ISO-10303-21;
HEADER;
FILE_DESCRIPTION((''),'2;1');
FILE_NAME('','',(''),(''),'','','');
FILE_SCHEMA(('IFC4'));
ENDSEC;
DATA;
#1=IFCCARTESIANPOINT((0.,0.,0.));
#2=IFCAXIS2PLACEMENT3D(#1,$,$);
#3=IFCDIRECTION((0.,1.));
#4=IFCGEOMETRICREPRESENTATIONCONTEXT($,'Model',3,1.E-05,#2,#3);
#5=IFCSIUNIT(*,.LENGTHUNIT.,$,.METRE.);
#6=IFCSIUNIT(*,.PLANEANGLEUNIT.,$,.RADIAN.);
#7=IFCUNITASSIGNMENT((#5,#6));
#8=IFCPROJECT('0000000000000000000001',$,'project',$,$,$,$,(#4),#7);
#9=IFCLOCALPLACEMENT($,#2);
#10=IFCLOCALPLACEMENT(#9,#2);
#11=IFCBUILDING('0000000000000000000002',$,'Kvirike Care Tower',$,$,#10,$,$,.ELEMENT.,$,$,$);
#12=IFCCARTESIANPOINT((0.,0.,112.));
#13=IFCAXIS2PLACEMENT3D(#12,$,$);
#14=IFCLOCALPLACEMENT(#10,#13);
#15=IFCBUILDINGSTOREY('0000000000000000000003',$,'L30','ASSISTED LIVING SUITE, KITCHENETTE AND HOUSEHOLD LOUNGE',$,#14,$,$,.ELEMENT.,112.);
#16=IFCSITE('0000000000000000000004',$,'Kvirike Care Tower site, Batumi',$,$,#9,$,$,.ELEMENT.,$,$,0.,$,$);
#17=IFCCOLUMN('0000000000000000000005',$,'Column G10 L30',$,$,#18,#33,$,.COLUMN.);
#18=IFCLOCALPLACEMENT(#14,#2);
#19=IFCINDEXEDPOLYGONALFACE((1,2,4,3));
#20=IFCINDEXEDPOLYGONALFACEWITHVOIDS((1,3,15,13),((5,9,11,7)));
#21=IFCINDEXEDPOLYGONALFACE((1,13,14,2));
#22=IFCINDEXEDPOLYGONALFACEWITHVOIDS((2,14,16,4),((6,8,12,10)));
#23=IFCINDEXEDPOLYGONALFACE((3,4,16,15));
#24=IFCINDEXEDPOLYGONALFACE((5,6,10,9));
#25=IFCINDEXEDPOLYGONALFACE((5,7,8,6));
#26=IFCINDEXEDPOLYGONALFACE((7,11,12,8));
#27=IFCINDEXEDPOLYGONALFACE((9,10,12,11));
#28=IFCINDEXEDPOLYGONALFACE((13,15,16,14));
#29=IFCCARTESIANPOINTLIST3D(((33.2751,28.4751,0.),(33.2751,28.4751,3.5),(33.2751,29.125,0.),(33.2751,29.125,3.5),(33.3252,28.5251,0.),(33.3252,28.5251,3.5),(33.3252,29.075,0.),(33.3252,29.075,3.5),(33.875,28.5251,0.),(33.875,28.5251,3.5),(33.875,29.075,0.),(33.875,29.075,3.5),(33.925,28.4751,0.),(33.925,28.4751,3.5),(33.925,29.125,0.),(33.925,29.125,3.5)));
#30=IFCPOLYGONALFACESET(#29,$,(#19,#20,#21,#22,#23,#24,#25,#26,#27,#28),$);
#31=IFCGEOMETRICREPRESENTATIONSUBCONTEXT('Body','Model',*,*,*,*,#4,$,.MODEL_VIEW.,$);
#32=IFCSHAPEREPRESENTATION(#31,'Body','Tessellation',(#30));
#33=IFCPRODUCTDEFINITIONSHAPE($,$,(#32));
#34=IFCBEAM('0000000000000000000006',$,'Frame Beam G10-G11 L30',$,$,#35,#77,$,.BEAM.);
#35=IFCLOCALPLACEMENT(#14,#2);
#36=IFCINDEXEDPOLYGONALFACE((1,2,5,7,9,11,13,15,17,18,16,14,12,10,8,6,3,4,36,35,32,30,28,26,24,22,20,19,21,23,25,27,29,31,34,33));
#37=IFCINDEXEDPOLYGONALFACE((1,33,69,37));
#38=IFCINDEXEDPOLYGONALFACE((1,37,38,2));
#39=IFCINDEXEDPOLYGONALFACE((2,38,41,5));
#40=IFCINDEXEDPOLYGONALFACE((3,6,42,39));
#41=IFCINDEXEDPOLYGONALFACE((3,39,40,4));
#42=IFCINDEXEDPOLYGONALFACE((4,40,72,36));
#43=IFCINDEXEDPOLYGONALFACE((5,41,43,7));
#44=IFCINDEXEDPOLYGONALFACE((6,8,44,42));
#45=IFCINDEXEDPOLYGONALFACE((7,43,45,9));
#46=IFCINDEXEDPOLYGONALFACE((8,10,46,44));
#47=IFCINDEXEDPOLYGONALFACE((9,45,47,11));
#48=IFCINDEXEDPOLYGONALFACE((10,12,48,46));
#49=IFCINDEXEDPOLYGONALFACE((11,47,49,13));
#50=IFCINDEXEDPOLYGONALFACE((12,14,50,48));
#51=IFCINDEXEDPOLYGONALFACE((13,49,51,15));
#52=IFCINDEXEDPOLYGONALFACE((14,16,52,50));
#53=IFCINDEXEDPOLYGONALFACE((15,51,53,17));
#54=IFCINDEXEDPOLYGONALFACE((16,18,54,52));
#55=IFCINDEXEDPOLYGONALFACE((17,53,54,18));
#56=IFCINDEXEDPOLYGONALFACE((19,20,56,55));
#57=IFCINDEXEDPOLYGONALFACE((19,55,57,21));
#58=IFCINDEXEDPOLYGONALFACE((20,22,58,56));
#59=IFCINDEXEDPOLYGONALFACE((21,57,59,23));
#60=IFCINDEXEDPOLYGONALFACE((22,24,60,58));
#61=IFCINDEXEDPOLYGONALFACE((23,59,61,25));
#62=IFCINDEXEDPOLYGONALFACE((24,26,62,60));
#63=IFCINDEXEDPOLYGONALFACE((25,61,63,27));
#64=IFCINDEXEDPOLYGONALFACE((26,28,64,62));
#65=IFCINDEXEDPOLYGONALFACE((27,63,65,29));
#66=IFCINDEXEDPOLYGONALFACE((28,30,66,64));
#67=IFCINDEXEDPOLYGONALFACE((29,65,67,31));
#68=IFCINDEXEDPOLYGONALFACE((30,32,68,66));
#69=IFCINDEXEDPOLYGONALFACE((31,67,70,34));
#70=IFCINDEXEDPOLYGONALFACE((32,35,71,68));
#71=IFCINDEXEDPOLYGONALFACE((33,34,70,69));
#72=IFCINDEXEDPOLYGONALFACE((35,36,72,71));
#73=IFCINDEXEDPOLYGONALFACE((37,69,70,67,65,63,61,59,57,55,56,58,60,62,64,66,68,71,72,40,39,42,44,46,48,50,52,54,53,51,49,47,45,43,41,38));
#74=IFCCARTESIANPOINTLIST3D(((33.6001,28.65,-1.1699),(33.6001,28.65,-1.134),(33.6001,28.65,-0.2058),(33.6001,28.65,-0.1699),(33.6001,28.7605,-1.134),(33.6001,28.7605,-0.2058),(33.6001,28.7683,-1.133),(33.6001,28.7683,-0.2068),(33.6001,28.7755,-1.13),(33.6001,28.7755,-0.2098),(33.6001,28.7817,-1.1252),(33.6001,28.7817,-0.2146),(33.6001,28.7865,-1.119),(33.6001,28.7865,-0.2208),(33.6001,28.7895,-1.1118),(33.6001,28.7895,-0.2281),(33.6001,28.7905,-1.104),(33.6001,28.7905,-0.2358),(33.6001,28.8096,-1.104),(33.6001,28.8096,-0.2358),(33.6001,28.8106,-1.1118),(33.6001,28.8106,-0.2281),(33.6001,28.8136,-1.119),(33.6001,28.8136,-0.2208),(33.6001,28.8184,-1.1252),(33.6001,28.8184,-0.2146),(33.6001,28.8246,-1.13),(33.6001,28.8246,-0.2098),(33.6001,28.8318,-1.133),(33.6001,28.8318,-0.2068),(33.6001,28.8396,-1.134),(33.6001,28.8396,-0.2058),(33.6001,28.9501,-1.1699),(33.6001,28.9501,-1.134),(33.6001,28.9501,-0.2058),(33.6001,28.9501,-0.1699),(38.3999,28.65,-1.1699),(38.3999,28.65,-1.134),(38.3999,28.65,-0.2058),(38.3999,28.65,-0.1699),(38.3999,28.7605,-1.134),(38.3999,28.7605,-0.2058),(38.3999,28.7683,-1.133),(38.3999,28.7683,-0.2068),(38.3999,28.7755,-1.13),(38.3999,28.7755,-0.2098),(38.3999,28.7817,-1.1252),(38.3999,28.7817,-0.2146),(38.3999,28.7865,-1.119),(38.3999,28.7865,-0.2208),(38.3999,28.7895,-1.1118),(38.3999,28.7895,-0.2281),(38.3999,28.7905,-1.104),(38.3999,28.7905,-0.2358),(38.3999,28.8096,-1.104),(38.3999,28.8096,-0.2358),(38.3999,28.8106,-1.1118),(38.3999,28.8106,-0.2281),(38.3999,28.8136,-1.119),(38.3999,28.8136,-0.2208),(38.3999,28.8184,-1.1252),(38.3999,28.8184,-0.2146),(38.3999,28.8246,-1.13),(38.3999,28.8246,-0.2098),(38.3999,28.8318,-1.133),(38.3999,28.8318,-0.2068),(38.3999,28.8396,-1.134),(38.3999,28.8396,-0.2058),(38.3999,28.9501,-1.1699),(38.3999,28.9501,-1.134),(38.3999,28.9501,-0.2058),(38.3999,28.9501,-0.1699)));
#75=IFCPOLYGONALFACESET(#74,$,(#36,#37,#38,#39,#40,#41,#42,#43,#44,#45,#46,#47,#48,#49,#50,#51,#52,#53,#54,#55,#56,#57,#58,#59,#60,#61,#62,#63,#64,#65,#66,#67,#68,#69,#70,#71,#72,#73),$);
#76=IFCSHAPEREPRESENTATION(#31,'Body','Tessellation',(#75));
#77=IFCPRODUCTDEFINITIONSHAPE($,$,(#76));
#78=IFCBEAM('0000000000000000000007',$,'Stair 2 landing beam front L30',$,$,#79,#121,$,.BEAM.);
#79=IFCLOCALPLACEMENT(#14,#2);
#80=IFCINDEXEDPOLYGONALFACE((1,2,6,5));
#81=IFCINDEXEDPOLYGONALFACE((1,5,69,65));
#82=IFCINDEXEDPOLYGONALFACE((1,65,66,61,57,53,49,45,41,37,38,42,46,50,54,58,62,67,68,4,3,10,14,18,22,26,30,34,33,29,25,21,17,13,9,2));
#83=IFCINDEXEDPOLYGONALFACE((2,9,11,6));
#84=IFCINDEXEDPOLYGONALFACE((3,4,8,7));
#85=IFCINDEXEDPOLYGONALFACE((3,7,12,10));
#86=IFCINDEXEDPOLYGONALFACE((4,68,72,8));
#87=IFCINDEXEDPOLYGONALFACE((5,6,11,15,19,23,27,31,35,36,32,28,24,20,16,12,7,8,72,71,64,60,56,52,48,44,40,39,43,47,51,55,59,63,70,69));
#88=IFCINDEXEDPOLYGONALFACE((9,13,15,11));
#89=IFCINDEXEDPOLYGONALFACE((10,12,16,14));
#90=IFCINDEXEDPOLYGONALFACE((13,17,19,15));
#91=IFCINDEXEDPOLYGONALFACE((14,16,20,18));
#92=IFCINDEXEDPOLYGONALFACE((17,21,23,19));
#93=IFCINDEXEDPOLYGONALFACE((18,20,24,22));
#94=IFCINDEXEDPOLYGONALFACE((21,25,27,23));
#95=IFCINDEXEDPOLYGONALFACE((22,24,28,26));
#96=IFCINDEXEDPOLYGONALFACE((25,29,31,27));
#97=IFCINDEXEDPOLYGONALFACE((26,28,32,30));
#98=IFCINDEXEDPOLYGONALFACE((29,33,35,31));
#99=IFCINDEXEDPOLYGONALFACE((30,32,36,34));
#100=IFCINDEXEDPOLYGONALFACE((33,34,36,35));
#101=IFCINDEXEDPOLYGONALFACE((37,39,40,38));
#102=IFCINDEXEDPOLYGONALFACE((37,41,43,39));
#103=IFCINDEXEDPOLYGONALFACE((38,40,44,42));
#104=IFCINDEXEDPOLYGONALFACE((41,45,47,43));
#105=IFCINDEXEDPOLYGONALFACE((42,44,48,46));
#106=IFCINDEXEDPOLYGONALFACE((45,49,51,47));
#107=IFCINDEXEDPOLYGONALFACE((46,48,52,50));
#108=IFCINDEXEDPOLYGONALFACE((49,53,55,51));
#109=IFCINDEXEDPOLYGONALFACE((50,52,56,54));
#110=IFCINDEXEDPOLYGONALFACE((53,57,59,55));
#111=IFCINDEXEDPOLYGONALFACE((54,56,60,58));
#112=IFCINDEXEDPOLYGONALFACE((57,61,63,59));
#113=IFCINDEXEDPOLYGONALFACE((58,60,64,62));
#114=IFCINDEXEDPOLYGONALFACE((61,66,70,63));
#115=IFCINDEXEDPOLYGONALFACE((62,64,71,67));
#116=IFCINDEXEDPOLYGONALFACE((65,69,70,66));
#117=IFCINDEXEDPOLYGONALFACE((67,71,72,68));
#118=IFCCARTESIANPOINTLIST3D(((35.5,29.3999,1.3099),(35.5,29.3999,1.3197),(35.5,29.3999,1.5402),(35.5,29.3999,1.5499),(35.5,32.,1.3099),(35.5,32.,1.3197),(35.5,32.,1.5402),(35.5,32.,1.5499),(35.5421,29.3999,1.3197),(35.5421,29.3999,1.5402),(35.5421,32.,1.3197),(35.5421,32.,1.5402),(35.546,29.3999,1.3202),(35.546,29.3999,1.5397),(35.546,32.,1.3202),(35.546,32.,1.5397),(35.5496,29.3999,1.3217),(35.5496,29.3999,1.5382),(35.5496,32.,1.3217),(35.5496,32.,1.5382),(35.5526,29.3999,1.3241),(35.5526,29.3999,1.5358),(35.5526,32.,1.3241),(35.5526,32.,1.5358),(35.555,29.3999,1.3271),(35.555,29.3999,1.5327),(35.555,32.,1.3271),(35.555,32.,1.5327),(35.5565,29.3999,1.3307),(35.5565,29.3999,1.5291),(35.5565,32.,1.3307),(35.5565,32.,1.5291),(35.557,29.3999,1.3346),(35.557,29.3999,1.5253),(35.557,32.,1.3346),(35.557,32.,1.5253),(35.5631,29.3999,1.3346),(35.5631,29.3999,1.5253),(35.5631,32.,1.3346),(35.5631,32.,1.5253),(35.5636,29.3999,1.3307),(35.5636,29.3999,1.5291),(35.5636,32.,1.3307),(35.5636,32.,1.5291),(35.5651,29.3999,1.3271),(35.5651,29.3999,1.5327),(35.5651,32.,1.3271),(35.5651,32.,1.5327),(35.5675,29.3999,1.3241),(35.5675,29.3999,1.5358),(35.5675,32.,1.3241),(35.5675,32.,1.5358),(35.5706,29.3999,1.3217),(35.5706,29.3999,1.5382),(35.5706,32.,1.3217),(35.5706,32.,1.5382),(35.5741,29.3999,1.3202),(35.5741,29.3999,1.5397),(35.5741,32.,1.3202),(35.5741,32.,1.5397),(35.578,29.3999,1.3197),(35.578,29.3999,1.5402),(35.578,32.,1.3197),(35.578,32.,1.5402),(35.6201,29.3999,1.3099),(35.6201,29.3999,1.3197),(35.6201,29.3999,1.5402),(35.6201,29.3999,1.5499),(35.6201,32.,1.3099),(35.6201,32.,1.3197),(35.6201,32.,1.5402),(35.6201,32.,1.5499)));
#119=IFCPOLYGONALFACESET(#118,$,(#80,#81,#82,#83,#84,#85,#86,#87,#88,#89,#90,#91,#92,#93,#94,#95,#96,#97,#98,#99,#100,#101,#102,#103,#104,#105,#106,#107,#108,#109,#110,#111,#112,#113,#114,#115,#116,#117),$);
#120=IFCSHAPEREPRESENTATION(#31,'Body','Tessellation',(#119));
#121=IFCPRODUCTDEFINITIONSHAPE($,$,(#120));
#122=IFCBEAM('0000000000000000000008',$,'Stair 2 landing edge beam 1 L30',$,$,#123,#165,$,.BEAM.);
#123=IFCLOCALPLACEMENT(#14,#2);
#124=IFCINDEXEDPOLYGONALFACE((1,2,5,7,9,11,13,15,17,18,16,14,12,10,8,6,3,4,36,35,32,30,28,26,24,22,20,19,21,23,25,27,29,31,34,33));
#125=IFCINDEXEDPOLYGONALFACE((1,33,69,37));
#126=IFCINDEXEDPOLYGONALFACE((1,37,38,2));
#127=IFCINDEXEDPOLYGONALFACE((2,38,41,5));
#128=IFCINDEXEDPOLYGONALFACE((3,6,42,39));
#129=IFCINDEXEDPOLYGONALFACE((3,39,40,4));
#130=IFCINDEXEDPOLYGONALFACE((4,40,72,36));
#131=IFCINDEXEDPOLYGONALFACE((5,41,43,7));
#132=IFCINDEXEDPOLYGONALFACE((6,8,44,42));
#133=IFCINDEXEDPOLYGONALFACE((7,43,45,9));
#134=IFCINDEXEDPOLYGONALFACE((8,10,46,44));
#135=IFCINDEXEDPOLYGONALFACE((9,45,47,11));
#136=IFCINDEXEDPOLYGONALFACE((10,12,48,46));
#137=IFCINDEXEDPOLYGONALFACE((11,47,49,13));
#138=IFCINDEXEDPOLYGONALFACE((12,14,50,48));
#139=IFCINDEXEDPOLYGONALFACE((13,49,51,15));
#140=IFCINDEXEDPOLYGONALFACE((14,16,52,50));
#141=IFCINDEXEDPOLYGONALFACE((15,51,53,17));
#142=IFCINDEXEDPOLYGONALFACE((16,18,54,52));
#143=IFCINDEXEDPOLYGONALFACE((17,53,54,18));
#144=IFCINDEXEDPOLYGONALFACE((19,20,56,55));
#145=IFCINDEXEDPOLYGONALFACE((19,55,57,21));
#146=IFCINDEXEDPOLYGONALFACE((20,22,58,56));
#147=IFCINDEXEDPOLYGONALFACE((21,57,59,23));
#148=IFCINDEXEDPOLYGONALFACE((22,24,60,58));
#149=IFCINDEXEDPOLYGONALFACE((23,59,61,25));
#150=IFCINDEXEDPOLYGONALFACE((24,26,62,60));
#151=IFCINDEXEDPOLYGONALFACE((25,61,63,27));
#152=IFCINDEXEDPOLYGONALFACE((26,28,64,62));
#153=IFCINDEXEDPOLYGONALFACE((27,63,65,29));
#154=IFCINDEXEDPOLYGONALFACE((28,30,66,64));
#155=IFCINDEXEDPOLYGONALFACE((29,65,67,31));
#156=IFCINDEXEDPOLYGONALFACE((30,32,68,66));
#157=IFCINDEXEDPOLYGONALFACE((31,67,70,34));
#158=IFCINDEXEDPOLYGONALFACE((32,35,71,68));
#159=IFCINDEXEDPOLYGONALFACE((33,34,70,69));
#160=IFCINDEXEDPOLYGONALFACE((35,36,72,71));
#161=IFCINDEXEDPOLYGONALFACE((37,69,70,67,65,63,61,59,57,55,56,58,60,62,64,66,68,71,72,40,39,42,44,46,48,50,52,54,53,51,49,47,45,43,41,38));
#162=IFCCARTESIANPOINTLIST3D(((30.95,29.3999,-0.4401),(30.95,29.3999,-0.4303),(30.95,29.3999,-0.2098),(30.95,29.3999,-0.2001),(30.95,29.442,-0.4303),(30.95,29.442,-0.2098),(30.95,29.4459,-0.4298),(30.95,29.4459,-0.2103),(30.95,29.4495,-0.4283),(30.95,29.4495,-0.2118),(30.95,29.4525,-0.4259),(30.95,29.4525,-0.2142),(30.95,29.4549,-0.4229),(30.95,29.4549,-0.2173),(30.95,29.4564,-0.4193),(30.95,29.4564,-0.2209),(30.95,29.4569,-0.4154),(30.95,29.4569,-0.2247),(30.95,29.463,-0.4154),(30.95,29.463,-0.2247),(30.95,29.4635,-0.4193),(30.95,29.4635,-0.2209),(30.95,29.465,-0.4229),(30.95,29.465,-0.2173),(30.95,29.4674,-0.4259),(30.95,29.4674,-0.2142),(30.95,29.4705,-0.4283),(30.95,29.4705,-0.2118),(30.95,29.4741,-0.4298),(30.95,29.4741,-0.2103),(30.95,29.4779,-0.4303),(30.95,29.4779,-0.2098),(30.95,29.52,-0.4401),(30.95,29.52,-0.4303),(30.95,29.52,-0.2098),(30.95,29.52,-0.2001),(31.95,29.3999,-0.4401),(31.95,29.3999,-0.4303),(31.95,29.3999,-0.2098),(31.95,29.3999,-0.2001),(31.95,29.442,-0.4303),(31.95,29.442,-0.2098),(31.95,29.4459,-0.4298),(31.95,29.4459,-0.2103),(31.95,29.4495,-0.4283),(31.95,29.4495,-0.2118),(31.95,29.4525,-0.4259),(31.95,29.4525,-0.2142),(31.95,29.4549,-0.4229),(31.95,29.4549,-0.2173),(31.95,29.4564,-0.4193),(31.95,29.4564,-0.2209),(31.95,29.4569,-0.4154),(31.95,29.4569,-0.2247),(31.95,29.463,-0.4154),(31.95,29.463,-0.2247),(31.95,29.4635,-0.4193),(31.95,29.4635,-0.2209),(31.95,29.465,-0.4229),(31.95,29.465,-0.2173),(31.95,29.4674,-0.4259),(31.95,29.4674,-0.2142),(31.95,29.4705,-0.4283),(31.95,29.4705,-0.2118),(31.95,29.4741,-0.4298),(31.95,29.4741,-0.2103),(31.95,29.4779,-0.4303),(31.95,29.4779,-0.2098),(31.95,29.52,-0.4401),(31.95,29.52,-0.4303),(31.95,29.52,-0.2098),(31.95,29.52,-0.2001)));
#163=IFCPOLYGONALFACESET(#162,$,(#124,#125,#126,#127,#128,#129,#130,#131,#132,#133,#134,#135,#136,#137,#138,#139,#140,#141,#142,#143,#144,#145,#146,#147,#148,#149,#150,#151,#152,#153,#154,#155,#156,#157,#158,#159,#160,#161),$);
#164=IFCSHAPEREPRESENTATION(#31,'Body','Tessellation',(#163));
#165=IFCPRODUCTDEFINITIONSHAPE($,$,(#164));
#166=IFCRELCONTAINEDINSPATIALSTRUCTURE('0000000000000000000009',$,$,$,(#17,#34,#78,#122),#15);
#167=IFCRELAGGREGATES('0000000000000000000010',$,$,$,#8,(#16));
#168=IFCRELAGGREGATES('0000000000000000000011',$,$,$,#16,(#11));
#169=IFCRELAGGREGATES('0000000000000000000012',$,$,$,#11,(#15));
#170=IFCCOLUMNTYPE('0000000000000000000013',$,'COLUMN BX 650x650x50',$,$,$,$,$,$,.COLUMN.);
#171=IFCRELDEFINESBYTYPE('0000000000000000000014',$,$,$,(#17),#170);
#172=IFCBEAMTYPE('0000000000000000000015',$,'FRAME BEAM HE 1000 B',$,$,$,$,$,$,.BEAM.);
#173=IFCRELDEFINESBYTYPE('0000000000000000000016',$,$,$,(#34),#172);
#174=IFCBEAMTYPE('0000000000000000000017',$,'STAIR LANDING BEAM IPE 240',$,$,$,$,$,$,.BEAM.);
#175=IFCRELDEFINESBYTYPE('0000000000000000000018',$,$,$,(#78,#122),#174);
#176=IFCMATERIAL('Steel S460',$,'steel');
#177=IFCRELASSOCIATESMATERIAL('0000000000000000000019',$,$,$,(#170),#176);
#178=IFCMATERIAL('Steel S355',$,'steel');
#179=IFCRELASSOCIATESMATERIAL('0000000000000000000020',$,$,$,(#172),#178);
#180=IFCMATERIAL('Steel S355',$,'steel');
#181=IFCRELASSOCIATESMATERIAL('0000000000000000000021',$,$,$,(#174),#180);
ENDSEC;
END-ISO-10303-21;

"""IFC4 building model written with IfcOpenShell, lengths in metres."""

from ifc_helpers import new_model, si_unit, direction, frame, origin, origin_2d, place, context, subcontext, project, spatial, hollow_rectangle, i_section, extrude, material, material_profile, profile_set, type_object, element, save


model = new_model("IFC4")

# Units and contexts
model_context = context("Model", 3, precision=1e-05, world=origin(), true_north=direction((0.0, 1.0)))
body_context = subcontext(model_context, "Body", "Model", "MODEL_VIEW")
ifc_project = project(units=[si_unit("LENGTHUNIT", "METRE"), si_unit("PLANEANGLEUNIT", "RADIAN")], contexts=[model_context])

# Site, building, storey
site_placement = place(None, origin())
site = spatial("IfcSite", under=ifc_project, at=site_placement, Name="Kvirike Care Tower site, Batumi", CompositionType="ELEMENT", RefElevation=0.0)
building_placement = place(site_placement, origin())
building = spatial("IfcBuilding", under=site, at=building_placement, Name="Kvirike Care Tower", CompositionType="ELEMENT")
storey_placement = place(building_placement, frame((0.0, 0.0, 112.0)))
storey = spatial("IfcBuildingStorey", under=building, at=storey_placement, Name="L30", Description="ASSISTED LIVING SUITE, KITCHENETTE AND HOUSEHOLD LOUNGE", CompositionType="ELEMENT", Elevation=112.0)

# Column
ifc_material_1 = material(Name="Steel S460", Category="steel")
ifc_material_profile_1 = material_profile(ifc_material_1, hollow_rectangle(XDim=0.6499, YDim=0.6499, WallThickness=0.05, at=origin_2d()), Name="BX 650x650x50")
ifc_profile_set_1 = profile_set([ifc_material_profile_1], Name="Steel S460")
column_type = type_object("IfcColumnType", Name="COLUMN BX 650x650x50", PredefinedType="COLUMN", material=ifc_profile_set_1)
column_placement = place(storey_placement, frame((33.6001, 28.8, 0.0), z_axis=(0.0, 0.0, 1.0), x_axis=(0.0, 1.0, 0.0)))
element("IfcColumn", 1, at=column_placement, inside=storey, type_object=column_type, Name="Column G10 L30", PredefinedType="COLUMN", context=body_context, shape_type="SweptSolid", body=[
    extrude(hollow_rectangle(XDim=0.6499, YDim=0.6499, WallThickness=0.05, at=origin_2d()), origin(), (0.0, 0.0, 1.0), 3.5),
])

# Beams
ifc_material_2 = material(Name="Steel S355", Category="steel")
ifc_material_profile_2 = material_profile(ifc_material_2, i_section(OverallWidth=0.3, OverallDepth=1.0, WebThickness=0.019, FlangeThickness=0.0359, FilletRadius=0.03, at=origin_2d()), Name="HE 1000 B")
ifc_profile_set_2 = profile_set([ifc_material_profile_2], Name="Steel S355")
beam_type_1 = type_object("IfcBeamType", Name="FRAME BEAM HE 1000 B", PredefinedType="BEAM", material=ifc_profile_set_2)
beam_1_placement = place(storey_placement, frame((33.6001, 28.8, -0.6699), z_axis=(1.0, 0.0, 0.0), x_axis=(0.0, 1.0, 0.0)))
element("IfcBeam", 2, at=beam_1_placement, inside=storey, type_object=beam_type_1, Name="Frame Beam G10-G11 L30", PredefinedType="BEAM", context=body_context, shape_type="SweptSolid", body=[
    extrude(i_section(OverallWidth=0.3, OverallDepth=1.0, WebThickness=0.019, FlangeThickness=0.0359, FilletRadius=0.03, at=origin_2d()), origin(), (0.0, 0.0, 1.0), 4.7998),
])
ifc_material_3 = material(Name="Steel S355", Category="steel")
ifc_material_profile_3 = material_profile(ifc_material_3, i_section(OverallWidth=0.1201, OverallDepth=0.24, WebThickness=0.0061, FlangeThickness=0.0098, FilletRadius=0.0149, at=origin_2d()), Name="IPE 240")
ifc_profile_set_3 = profile_set([ifc_material_profile_3], Name="Steel S355")
beam_type_2 = type_object("IfcBeamType", Name="STAIR LANDING BEAM IPE 240", PredefinedType="BEAM", material=ifc_profile_set_3)
beam_2_placement = place(storey_placement, frame((35.5601, 29.3999, 1.4299), z_axis=(0.0, 1.0, 0.0), x_axis=(-1.0, 0.0, 0.0)))
element("IfcBeam", 3, at=beam_2_placement, inside=storey, type_object=beam_type_2, Name="Stair 2 landing beam front L30", PredefinedType="BEAM", context=body_context, shape_type="SweptSolid", body=[
    extrude(i_section(OverallWidth=0.1201, OverallDepth=0.24, WebThickness=0.0061, FlangeThickness=0.0098, FilletRadius=0.0149, at=origin_2d()), origin(), (0.0, 0.0, 1.0), 2.6001),
])
for number, where, z_axis, x_axis, name in (
    (4, (31.95, 29.46, -0.3201), (-1.0, 0.0, 0.0), (0.0, -1.0, 0.0), "Stair 2 landing edge beam 1 L30"),
):
    element("IfcBeam", number, at=place(storey_placement, frame(where, z_axis=z_axis, x_axis=x_axis)), inside=storey, type_object=beam_type_2, Name=name, PredefinedType="BEAM", context=body_context, shape_type="SweptSolid", body=[
        extrude(i_section(OverallWidth=0.1201, OverallDepth=0.24, WebThickness=0.0061, FlangeThickness=0.0098, FilletRadius=0.0149, at=origin_2d()), origin(), (0.0, 0.0, 1.0), 1.0),
    ])

save(model, "model.ifc")
